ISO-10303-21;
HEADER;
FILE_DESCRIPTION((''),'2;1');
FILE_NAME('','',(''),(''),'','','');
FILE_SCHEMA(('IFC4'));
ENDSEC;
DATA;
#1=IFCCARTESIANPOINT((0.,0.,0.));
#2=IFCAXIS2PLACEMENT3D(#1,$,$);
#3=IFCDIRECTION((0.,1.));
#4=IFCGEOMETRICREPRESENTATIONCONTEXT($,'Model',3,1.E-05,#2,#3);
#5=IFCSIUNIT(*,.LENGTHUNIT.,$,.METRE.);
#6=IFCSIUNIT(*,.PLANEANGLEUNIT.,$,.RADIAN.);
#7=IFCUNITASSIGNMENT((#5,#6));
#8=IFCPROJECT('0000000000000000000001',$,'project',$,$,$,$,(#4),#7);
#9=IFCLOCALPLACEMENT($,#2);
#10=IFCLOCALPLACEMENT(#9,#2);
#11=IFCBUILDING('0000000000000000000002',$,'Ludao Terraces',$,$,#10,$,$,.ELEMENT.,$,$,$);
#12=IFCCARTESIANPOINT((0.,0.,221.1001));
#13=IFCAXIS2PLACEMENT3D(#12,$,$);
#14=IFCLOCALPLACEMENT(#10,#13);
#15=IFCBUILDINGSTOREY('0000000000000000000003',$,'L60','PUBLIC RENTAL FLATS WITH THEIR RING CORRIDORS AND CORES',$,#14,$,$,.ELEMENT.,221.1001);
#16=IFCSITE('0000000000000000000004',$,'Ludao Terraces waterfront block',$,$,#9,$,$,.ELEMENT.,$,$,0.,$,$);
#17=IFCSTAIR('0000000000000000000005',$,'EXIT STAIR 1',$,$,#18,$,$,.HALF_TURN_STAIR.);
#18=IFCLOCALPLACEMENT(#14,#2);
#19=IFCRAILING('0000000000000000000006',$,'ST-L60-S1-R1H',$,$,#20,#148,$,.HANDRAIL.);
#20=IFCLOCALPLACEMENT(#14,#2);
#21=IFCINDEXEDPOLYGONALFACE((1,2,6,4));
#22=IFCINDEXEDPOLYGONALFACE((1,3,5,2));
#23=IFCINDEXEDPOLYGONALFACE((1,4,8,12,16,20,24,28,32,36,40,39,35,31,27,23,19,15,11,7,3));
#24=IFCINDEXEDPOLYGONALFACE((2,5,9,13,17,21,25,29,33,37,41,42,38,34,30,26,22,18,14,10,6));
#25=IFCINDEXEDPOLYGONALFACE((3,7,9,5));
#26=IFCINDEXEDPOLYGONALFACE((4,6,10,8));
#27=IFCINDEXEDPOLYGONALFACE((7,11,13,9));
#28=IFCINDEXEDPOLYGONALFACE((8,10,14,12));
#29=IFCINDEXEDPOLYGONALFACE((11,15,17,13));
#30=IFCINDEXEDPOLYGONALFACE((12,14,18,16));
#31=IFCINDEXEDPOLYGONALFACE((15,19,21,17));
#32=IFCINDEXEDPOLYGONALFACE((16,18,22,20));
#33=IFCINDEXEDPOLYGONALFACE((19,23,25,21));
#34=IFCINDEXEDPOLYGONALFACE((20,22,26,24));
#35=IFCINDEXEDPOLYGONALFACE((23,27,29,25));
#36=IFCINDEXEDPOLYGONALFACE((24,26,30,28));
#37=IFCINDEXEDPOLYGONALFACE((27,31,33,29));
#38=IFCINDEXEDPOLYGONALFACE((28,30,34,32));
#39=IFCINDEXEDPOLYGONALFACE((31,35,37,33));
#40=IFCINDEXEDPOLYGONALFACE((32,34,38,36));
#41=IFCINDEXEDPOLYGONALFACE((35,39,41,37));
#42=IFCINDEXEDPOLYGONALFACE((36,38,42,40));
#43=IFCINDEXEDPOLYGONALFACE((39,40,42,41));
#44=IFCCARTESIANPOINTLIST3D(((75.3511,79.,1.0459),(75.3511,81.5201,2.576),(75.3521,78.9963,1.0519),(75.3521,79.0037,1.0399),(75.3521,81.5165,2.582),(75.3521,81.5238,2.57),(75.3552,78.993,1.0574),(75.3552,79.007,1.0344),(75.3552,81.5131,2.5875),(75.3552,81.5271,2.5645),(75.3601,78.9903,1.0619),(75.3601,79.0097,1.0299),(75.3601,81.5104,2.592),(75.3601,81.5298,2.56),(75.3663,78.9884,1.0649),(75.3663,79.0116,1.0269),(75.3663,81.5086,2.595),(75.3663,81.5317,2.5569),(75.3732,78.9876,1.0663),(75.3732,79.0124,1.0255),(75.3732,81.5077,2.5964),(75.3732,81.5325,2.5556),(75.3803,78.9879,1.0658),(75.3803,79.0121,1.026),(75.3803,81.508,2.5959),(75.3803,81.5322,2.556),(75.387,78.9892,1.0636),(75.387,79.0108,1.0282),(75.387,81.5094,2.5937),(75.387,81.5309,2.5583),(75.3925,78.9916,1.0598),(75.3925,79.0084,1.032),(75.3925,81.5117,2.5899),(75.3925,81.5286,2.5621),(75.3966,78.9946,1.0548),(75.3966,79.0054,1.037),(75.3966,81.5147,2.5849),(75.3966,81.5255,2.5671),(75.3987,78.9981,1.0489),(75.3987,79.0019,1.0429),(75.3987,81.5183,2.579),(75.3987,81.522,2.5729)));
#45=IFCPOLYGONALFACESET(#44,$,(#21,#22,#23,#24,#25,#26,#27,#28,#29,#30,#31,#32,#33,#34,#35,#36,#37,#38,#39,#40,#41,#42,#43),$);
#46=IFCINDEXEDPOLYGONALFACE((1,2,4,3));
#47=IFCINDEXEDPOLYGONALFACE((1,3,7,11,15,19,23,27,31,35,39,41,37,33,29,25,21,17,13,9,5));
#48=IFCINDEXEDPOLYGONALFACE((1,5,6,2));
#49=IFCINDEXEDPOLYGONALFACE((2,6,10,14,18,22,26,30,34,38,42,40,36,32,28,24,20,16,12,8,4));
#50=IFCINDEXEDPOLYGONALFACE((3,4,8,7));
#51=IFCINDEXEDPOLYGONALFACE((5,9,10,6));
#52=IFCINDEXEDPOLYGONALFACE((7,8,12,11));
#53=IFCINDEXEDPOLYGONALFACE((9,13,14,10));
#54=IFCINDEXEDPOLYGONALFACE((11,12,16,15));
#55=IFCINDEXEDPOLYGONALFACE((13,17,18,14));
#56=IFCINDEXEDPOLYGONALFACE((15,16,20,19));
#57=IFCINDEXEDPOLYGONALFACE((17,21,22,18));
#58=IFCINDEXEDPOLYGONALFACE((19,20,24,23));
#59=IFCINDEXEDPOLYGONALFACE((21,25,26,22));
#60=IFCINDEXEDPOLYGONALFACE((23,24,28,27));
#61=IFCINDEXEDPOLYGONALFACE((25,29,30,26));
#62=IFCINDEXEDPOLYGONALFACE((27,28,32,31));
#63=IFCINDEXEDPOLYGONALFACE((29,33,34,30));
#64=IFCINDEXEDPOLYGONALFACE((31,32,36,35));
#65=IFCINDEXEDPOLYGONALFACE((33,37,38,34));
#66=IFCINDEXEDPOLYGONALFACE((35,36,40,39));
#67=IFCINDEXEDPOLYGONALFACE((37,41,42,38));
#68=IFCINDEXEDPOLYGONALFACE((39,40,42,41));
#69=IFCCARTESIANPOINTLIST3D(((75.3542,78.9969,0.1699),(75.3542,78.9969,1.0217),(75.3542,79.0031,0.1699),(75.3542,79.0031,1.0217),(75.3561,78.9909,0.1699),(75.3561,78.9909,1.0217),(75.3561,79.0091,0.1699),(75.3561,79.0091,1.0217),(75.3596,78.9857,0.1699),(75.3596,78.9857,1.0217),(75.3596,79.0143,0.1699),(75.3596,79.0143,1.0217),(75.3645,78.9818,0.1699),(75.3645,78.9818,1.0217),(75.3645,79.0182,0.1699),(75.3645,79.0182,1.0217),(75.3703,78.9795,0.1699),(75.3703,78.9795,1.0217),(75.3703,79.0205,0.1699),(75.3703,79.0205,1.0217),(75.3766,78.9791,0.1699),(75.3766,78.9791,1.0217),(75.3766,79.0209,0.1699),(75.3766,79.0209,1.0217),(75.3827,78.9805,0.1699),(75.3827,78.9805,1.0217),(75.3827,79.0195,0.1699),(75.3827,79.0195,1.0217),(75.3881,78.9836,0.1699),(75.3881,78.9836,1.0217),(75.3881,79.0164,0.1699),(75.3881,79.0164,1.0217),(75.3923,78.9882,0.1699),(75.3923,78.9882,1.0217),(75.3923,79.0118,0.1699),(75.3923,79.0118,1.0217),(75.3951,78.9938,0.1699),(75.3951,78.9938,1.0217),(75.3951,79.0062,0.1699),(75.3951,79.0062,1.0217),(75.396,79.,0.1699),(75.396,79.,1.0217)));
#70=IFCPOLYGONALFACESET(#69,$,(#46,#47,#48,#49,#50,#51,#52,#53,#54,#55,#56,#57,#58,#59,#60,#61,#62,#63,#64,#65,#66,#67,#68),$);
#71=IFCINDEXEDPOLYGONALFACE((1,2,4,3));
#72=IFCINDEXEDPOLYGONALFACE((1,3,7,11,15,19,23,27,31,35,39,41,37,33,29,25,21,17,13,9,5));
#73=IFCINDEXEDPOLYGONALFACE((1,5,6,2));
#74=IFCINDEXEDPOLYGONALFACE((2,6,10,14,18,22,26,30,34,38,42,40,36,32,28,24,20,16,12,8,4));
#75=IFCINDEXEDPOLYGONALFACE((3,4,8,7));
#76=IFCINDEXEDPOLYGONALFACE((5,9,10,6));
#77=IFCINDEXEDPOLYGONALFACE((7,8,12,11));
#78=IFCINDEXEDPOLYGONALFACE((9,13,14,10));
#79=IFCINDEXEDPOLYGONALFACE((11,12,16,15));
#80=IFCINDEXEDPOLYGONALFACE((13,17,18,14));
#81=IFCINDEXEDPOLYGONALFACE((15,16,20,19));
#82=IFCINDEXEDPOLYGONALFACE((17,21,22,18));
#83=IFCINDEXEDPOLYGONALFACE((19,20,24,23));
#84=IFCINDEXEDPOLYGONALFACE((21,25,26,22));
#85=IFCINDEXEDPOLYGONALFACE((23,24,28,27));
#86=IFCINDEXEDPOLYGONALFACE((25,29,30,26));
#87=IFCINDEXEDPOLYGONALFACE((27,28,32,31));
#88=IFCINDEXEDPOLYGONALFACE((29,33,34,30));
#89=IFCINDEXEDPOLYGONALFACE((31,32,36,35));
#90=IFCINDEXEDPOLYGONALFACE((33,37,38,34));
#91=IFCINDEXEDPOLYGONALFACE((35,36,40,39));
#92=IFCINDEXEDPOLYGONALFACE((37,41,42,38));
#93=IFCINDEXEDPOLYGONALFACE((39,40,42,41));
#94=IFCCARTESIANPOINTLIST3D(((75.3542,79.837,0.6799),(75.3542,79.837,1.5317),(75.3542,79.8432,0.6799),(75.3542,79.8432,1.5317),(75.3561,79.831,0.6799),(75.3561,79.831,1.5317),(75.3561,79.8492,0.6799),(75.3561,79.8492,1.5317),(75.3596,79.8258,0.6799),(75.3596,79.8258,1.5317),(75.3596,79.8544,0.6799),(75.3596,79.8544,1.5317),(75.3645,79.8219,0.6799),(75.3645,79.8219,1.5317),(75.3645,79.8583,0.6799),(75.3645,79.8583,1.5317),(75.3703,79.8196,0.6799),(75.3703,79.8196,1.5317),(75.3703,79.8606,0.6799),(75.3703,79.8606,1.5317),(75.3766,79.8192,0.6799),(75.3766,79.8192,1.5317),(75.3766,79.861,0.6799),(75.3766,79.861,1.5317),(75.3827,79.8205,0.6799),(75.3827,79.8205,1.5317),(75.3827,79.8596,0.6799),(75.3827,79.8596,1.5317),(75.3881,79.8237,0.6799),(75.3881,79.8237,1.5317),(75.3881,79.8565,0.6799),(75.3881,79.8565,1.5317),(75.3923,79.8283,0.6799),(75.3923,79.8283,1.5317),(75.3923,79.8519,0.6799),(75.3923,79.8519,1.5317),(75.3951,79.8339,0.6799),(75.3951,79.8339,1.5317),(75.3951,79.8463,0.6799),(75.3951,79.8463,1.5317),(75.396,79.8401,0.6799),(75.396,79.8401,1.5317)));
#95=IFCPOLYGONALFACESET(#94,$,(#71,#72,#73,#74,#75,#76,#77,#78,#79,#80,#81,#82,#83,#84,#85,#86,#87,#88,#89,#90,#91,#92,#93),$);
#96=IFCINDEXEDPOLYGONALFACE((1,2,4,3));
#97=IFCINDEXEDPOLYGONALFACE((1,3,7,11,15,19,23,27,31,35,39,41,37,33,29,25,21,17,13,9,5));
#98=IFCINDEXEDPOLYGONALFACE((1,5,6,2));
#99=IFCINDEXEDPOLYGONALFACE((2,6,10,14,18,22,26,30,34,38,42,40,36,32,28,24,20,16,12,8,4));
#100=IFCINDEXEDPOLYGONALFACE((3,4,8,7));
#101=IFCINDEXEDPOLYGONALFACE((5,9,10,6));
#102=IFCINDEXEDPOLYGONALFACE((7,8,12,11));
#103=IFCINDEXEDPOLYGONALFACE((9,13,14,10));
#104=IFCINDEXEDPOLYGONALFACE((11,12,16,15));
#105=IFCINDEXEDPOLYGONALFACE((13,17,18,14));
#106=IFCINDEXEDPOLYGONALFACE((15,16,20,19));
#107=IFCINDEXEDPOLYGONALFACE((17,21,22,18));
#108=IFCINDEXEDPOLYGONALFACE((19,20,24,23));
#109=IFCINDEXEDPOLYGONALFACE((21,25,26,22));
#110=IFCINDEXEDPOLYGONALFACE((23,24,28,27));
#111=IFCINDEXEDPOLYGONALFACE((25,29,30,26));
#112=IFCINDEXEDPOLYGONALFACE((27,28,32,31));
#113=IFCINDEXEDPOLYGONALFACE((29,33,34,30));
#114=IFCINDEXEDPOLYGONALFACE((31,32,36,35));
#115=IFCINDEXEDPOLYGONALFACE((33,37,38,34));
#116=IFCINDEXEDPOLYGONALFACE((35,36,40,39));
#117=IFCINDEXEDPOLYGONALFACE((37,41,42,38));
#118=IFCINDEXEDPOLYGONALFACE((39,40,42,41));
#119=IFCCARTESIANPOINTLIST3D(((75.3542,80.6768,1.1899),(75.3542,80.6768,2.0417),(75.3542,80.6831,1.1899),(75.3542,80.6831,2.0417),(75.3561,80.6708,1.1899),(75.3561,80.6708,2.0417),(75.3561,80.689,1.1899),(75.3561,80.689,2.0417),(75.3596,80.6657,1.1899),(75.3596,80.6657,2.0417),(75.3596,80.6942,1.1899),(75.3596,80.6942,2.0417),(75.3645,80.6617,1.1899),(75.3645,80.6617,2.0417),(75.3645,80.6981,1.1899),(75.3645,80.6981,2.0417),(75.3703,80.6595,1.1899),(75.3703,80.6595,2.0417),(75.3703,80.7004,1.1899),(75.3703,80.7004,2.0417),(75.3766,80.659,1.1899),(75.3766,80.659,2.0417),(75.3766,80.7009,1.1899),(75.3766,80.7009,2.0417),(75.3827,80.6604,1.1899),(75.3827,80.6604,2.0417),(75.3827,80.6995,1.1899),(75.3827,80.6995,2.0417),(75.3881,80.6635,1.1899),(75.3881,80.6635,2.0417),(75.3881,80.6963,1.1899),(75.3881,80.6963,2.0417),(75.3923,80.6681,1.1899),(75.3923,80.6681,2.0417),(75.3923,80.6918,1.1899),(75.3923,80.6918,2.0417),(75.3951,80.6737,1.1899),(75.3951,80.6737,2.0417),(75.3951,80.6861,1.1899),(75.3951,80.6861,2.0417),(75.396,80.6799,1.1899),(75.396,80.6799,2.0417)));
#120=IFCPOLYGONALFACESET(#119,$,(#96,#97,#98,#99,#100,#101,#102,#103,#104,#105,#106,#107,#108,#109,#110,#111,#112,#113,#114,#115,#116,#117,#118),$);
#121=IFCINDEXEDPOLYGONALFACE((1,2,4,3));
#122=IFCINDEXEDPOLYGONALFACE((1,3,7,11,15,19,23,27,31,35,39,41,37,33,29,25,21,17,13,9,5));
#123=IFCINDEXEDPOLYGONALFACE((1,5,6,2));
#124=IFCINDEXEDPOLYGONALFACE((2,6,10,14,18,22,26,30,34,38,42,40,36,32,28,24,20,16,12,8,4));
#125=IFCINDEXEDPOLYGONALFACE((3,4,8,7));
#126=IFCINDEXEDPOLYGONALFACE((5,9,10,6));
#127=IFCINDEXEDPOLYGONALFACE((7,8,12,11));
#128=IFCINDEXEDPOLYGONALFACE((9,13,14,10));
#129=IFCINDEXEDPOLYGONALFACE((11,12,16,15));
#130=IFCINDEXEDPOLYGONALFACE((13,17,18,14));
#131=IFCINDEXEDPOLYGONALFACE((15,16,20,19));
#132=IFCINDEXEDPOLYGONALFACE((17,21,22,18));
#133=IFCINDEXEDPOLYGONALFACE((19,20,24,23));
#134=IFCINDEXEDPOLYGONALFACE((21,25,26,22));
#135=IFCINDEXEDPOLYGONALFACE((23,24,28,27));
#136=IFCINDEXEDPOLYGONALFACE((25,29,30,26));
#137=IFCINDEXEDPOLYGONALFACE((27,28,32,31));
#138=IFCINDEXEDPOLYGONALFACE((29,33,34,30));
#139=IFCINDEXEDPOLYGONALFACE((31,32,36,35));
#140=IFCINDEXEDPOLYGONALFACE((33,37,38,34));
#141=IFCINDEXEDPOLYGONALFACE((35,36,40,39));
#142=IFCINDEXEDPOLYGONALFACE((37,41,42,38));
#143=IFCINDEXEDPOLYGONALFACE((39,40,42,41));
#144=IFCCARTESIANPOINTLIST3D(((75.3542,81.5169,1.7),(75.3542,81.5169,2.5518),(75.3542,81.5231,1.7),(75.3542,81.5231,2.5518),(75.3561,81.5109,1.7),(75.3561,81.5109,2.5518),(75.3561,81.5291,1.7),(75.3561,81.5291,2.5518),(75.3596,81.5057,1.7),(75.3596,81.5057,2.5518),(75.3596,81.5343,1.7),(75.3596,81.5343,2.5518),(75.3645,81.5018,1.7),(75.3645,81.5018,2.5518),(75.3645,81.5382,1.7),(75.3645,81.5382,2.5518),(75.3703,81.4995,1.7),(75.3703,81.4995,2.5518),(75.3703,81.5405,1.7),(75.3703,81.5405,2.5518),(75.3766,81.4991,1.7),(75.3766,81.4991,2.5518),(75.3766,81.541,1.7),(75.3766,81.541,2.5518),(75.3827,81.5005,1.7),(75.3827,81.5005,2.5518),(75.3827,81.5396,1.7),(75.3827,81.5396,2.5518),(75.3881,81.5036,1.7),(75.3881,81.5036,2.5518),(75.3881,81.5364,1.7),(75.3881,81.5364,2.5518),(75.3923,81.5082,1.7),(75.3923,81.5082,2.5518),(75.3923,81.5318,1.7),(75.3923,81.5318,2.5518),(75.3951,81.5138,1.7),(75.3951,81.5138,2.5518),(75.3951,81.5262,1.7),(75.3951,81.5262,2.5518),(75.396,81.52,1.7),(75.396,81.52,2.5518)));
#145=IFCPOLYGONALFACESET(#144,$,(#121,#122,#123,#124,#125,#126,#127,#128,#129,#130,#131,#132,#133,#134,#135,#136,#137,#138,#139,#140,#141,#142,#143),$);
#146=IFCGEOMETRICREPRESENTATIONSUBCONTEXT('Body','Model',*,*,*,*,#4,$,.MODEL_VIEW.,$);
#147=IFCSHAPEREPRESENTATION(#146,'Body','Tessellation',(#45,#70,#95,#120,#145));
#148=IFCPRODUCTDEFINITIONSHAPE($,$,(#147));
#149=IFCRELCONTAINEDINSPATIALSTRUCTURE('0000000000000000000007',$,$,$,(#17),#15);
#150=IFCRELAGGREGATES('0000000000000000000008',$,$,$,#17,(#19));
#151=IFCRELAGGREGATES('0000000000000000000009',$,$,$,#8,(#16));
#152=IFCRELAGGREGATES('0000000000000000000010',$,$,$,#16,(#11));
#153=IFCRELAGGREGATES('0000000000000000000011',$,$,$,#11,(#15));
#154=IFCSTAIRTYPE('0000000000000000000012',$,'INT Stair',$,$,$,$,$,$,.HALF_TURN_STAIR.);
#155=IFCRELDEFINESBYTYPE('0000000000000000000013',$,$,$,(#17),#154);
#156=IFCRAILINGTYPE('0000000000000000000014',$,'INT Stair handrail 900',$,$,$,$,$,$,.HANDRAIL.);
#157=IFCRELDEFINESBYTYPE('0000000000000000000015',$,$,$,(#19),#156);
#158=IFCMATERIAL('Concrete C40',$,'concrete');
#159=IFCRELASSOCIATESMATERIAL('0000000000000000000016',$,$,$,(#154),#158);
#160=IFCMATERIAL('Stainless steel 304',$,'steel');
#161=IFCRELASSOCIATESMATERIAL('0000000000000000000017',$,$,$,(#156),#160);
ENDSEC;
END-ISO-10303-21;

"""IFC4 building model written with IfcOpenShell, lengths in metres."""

from ifc_helpers import new_model, si_unit, direction, frame, origin, origin_2d, place, context, subcontext, project, spatial, circle, extrude, material, type_object, element, aggregate, save


model = new_model("IFC4")

# Units and contexts
model_context = context("Model", 3, precision=1e-05, world=origin(), true_north=direction((0.0, 1.0)))
body_context = subcontext(model_context, "Body", "Model", "MODEL_VIEW")
ifc_project = project(units=[si_unit("LENGTHUNIT", "METRE"), si_unit("PLANEANGLEUNIT", "RADIAN")], contexts=[model_context])

# Site, building, storey
site_placement = place(None, origin())
site = spatial("IfcSite", under=ifc_project, at=site_placement, Name="Ludao Terraces waterfront block", CompositionType="ELEMENT", RefElevation=0.0)
building_placement = place(site_placement, origin())
building = spatial("IfcBuilding", under=site, at=building_placement, Name="Ludao Terraces", CompositionType="ELEMENT")
storey_placement = place(building_placement, frame((0.0, 0.0, 221.1001)))
storey = spatial("IfcBuildingStorey", under=building, at=storey_placement, Name="L60", Description="PUBLIC RENTAL FLATS WITH THEIR RING CORRIDORS AND CORES", CompositionType="ELEMENT", Elevation=221.1001)

# Shared definitions
ifc_material_1 = material(Name="Concrete C40", Category="concrete")

# Stair, railing
stair_type = type_object("IfcStairType", Name="INT Stair", PredefinedType="HALF_TURN_STAIR", material=ifc_material_1)
stair_placement = place(storey_placement, origin())
stair = element("IfcStair", 1, at=stair_placement, inside=storey, type_object=stair_type, Name="EXIT STAIR 1", PredefinedType="HALF_TURN_STAIR")
ifc_material_2 = material(Name="Stainless steel 304", Category="steel")
railing_type_1 = type_object("IfcRailingType", Name="INT Stair handrail 900", PredefinedType="HANDRAIL", material=ifc_material_2)
railing_1_placement = place(storey_placement, frame((75.375, 79.0, 0.1699)))
railing_1 = element("IfcRailing", 2, at=railing_1_placement, type_object=railing_type_1, Name="ST-L60-S1-R1H", PredefinedType="HANDRAIL", context=body_context, shape_type="SweptSolid", body=[
    extrude(circle(Radius=0.0239, at=origin_2d()), frame((0.0, 0.0, 0.876), z_axis=(0.0, 0.854785, 0.518982), x_axis=(-1.0, 0.0, 0.0)), (0.0, 0.0, 1.0), 2.9482),
    extrude(circle(Radius=0.021, at=origin_2d()), origin(), (0.0, 0.0, 1.0), 0.8518),
    extrude(circle(Radius=0.021, at=origin_2d()), frame((0.0, 0.8401, 0.51)), (0.0, 0.0, 1.0), 0.8518),
    extrude(circle(Radius=0.021, at=origin_2d()), frame((0.0, 1.6799, 1.02)), (0.0, 0.0, 1.0), 0.8518),
    extrude(circle(Radius=0.021, at=origin_2d()), frame((0.0, 2.52, 1.53)), (0.0, 0.0, 1.0), 0.8518),
])
aggregate(stair, [railing_1])

save(model, "model.ifc")
